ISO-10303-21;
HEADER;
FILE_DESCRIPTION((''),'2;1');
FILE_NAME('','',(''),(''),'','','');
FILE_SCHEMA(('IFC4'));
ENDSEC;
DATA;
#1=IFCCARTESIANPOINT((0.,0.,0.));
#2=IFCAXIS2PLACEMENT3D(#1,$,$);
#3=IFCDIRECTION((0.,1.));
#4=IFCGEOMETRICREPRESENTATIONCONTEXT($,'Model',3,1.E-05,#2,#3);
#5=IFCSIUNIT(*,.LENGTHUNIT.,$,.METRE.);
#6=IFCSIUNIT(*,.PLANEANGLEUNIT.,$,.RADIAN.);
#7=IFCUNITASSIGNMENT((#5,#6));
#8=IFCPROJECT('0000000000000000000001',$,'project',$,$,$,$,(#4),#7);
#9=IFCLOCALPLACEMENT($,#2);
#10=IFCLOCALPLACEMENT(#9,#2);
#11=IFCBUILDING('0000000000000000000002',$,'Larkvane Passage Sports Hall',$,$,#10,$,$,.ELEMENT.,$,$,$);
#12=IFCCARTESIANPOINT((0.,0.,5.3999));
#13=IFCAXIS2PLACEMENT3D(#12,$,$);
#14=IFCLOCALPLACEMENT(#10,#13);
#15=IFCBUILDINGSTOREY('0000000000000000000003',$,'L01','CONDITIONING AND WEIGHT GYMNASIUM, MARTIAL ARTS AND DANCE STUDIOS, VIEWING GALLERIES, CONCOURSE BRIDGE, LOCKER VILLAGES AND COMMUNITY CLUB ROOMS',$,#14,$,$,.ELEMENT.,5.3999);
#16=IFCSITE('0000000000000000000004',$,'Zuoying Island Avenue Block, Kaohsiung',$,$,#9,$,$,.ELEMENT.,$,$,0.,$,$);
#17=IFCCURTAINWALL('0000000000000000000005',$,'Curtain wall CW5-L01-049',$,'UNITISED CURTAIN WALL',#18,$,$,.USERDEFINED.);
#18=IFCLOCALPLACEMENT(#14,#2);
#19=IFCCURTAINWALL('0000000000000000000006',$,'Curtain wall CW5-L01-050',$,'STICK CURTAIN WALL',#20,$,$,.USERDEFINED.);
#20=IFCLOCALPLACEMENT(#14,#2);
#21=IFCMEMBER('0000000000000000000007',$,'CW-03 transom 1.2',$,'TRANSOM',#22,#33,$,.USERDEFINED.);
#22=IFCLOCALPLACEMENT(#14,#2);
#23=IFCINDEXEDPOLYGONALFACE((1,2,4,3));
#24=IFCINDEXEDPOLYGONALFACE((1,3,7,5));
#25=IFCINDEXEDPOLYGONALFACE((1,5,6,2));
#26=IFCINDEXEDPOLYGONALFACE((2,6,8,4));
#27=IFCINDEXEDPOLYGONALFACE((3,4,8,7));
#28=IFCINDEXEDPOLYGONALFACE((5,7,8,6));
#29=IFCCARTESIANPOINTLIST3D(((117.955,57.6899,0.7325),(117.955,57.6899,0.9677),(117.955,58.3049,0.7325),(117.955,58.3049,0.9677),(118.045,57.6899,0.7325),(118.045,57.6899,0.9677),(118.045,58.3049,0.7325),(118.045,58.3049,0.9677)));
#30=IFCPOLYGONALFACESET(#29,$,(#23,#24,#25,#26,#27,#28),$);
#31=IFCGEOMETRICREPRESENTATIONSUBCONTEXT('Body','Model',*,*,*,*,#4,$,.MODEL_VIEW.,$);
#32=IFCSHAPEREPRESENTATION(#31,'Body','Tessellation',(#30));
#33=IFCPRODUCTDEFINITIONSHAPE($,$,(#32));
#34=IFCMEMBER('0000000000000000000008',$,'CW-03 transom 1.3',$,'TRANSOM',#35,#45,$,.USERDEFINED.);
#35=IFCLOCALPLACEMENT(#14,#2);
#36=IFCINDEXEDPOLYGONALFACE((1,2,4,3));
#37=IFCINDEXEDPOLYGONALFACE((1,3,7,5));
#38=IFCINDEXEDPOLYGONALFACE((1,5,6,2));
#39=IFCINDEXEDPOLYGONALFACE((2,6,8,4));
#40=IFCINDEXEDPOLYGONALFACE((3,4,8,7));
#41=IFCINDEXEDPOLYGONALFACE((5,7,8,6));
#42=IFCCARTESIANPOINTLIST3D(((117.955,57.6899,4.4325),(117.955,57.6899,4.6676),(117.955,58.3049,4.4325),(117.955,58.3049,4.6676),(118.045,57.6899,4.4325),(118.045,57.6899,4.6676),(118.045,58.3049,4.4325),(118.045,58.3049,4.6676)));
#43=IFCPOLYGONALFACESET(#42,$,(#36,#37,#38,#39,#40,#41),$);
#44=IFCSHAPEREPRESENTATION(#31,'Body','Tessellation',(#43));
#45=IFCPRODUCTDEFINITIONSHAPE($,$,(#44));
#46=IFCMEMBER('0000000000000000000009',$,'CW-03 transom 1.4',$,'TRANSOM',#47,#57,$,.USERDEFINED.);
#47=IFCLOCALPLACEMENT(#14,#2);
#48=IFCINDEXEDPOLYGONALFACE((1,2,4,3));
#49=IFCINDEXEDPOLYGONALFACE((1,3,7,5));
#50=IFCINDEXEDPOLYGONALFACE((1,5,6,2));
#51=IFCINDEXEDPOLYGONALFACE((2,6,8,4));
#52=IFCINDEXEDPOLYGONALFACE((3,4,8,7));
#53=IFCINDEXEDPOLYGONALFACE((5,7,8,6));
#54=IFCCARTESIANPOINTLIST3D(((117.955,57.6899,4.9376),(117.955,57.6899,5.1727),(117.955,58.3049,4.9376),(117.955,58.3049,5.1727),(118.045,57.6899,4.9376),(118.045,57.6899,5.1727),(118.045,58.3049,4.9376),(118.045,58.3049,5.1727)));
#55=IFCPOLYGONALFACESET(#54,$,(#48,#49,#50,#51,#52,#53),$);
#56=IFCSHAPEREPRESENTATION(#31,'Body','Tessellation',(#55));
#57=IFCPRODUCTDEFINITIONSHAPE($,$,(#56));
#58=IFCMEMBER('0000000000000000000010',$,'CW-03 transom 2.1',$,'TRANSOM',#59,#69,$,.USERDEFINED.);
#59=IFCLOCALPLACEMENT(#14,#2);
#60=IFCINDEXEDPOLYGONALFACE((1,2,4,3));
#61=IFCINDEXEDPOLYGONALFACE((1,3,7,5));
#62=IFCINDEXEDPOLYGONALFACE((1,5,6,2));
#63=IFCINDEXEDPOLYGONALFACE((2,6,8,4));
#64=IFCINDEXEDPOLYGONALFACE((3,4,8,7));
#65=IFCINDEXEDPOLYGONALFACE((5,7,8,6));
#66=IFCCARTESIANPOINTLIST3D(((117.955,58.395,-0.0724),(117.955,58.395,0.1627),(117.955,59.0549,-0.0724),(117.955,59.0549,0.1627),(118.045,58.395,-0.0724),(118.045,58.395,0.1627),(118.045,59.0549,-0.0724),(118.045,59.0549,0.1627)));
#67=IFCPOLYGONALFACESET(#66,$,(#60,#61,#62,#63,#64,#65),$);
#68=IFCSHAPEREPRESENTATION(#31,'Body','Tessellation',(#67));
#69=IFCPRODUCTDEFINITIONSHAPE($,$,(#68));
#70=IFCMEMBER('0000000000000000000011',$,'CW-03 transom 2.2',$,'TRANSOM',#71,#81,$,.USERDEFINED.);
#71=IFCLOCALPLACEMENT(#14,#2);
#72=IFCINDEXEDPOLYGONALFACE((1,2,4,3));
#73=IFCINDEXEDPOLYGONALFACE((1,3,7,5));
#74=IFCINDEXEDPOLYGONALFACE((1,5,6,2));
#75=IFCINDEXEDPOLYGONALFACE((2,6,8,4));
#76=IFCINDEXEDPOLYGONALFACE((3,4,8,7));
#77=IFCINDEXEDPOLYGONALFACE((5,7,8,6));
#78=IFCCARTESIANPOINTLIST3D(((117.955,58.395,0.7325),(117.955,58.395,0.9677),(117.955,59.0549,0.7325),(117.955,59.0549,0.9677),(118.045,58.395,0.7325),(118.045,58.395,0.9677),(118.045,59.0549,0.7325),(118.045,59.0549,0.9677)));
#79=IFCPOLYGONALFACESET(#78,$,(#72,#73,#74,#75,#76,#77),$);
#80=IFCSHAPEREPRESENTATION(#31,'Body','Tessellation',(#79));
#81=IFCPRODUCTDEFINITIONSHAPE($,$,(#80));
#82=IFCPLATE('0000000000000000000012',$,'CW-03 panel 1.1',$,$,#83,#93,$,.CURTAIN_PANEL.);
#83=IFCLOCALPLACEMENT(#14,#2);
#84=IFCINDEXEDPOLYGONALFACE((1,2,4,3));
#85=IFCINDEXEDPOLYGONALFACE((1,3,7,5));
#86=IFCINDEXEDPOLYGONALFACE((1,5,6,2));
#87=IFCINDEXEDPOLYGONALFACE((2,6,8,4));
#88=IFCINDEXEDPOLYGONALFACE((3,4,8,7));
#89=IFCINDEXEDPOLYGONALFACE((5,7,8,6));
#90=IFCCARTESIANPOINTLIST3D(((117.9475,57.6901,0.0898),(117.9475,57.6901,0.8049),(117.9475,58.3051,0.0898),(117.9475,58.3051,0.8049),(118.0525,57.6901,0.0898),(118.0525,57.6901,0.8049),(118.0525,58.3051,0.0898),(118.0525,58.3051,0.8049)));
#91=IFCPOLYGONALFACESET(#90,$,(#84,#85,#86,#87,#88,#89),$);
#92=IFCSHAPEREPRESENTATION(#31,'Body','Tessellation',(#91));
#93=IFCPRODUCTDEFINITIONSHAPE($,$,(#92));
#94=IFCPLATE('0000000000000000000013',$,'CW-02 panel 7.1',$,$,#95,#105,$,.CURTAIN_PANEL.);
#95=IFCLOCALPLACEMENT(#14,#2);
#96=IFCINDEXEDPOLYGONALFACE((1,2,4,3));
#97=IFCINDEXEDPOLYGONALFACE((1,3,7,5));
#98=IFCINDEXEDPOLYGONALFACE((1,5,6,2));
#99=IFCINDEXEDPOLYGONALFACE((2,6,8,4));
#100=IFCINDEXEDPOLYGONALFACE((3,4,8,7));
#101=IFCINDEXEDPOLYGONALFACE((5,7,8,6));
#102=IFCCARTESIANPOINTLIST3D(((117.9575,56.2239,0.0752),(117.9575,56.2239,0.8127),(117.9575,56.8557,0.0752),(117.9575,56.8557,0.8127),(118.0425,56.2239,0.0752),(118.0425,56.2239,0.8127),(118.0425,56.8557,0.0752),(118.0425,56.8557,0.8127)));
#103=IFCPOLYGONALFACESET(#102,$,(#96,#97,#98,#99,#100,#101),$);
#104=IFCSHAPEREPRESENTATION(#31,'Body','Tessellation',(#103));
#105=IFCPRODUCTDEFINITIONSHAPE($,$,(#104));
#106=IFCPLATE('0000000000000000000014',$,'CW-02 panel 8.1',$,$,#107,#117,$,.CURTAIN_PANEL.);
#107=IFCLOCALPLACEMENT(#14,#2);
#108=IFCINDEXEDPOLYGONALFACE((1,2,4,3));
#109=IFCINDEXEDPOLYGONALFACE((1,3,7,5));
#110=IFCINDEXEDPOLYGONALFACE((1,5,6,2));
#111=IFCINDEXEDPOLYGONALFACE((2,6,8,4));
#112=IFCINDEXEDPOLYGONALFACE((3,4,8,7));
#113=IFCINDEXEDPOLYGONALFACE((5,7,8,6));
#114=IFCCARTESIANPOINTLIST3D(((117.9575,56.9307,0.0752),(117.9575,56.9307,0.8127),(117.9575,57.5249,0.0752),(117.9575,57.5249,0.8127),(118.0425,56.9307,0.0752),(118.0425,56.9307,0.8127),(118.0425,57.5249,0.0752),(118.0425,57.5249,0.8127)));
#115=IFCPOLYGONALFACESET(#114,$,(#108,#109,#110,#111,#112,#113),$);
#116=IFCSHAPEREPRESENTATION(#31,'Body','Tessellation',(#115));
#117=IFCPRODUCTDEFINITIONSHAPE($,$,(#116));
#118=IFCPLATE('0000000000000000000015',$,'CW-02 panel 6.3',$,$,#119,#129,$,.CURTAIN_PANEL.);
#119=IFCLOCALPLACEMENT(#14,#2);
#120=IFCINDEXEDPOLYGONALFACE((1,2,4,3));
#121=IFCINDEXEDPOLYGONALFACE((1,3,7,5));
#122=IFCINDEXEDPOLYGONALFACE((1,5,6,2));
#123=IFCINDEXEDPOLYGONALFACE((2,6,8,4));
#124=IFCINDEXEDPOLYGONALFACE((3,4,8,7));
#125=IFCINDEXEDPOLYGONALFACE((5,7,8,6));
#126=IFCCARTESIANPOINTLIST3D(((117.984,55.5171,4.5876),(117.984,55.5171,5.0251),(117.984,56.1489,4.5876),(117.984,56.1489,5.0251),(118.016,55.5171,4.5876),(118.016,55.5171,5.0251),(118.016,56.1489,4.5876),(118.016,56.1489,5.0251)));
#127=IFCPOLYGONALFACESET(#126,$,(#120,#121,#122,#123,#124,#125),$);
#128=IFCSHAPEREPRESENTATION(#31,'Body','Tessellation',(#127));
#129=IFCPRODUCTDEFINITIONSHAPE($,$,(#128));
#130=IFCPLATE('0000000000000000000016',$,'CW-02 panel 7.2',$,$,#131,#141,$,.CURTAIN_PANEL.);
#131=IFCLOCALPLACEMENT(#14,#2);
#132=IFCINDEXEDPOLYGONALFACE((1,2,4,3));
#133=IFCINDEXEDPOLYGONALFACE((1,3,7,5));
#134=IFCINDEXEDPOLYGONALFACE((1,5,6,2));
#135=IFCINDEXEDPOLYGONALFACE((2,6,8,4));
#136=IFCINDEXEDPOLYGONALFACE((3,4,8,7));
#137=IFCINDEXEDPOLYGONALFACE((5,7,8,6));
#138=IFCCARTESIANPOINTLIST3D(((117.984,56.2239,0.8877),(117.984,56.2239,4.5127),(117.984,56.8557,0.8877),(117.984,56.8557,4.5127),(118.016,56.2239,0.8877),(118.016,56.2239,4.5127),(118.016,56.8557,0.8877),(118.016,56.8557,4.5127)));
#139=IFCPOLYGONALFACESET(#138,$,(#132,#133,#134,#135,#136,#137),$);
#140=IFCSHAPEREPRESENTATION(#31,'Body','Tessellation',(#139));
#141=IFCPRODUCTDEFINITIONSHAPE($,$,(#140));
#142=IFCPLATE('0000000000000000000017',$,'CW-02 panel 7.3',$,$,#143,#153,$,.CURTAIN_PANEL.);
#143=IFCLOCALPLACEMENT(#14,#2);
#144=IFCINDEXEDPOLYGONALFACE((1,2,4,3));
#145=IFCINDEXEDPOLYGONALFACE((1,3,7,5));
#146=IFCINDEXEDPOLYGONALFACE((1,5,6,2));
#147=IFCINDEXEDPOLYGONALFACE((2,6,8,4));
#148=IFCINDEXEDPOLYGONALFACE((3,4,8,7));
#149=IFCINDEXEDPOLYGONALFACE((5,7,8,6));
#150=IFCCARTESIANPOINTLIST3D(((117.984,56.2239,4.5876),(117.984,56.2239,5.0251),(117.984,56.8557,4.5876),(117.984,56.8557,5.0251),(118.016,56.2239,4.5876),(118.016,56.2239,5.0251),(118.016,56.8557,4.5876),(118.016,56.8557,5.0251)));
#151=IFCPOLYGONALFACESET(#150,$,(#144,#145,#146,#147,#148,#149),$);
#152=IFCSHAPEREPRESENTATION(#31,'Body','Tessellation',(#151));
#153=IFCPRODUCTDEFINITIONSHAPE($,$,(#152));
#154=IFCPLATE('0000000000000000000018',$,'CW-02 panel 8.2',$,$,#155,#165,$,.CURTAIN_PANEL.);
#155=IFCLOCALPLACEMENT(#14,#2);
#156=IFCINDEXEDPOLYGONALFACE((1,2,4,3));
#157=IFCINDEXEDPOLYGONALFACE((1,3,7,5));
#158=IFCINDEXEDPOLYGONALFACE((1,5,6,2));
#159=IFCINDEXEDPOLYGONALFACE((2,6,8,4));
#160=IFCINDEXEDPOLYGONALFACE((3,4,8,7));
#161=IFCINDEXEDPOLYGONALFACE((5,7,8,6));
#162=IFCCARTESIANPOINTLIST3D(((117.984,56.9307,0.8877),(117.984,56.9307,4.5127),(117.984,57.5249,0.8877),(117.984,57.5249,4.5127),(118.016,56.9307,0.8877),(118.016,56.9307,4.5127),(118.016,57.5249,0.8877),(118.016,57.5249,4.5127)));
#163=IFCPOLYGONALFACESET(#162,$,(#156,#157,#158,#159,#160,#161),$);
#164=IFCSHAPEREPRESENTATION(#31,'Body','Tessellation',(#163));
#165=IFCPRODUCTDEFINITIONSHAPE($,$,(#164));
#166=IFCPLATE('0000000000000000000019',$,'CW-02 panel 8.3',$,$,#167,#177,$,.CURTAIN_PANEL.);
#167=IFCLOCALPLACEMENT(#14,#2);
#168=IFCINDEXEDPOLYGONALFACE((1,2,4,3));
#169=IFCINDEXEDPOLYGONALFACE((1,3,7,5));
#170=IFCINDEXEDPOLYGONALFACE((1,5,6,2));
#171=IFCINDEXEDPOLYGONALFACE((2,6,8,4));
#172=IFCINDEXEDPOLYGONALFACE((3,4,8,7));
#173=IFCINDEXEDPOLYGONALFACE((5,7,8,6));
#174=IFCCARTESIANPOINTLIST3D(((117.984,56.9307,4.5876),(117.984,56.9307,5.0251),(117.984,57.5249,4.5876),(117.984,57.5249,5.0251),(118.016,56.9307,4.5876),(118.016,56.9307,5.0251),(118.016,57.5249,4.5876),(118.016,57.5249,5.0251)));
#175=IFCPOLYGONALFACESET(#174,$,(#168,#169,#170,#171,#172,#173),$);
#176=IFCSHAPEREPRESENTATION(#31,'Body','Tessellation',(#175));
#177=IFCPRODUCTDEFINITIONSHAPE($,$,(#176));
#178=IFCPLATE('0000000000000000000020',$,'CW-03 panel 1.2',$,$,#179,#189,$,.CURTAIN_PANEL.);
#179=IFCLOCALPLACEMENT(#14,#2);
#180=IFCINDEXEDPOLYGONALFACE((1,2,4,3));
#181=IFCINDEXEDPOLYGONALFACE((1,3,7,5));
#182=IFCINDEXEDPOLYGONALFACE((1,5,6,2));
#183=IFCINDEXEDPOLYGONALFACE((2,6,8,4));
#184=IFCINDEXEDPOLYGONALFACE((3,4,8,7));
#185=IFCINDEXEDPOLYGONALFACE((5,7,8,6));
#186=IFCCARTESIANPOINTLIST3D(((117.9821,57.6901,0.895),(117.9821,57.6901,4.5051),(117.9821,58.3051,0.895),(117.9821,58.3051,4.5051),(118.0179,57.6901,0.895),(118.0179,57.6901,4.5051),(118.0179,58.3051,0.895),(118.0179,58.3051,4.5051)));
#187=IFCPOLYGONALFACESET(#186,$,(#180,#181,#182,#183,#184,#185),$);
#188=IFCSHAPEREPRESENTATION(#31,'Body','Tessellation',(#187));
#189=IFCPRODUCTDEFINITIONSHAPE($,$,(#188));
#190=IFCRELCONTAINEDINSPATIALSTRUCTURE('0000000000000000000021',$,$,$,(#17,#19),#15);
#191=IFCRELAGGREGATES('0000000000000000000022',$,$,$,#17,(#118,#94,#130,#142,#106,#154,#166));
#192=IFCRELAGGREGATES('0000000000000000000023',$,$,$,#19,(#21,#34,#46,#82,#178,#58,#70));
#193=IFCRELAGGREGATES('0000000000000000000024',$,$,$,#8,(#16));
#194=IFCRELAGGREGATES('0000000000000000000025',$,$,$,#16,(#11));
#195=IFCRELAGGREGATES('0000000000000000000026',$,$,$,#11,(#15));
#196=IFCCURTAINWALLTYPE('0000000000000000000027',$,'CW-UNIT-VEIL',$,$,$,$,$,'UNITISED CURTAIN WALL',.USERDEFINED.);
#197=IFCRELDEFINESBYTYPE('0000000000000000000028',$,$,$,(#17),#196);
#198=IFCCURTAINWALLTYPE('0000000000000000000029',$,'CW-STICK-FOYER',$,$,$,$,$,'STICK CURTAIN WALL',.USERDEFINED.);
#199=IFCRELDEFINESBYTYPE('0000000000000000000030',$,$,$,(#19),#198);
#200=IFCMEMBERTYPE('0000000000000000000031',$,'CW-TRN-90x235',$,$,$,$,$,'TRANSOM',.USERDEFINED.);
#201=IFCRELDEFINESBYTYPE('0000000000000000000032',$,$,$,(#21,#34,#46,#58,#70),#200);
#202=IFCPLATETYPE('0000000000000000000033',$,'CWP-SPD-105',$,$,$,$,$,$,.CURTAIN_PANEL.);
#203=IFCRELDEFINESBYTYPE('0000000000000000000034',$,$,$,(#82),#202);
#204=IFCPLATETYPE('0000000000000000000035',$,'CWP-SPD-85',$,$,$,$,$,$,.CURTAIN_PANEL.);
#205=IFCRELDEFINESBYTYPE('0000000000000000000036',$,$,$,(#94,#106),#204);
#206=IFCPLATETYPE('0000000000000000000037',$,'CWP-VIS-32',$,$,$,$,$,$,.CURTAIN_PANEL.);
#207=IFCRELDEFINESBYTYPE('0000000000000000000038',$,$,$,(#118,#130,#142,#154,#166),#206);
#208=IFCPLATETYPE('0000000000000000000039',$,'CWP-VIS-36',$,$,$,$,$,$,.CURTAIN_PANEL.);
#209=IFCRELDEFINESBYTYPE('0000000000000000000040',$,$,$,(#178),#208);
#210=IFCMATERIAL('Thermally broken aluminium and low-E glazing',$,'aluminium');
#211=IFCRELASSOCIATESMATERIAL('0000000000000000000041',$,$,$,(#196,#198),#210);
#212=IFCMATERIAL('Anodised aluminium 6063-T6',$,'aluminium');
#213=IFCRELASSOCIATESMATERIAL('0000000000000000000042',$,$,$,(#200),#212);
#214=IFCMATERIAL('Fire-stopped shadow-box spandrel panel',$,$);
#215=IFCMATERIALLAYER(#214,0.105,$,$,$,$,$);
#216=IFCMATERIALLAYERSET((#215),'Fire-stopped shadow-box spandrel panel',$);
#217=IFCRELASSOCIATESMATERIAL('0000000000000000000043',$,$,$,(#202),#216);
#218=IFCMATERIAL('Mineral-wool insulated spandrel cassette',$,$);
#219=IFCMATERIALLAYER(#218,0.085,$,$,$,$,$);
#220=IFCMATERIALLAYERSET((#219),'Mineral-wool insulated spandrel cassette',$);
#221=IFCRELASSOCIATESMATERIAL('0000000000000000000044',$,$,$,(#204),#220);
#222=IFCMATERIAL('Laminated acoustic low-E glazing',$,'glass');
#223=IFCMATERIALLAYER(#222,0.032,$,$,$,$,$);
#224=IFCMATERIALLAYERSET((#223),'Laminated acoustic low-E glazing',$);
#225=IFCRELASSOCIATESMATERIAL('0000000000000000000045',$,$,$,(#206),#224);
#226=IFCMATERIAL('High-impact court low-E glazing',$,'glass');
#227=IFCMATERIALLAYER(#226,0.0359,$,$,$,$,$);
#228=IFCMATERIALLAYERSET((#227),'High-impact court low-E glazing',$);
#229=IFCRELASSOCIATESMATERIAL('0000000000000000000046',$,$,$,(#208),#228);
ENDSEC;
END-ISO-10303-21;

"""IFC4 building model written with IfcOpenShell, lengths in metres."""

from ifc_helpers import new_model, si_unit, direction, frame, origin, origin_2d, place, context, subcontext, project, spatial, rectangle, extrude, material, layer, layer_set, material_profile, profile_set, type_object, element, aggregate, save


model = new_model("IFC4")

# Units and contexts
model_context = context("Model", 3, precision=1e-05, world=origin(), true_north=direction((0.0, 1.0)))
body_context = subcontext(model_context, "Body", "Model", "MODEL_VIEW")
ifc_project = project(units=[si_unit("LENGTHUNIT", "METRE"), si_unit("PLANEANGLEUNIT", "RADIAN")], contexts=[model_context])

# Site, building, storey
site_placement = place(None, origin())
site = spatial("IfcSite", under=ifc_project, at=site_placement, Name="Zuoying Island Avenue Block, Kaohsiung", CompositionType="ELEMENT", RefElevation=0.0)
building_placement = place(site_placement, origin())
building = spatial("IfcBuilding", under=site, at=building_placement, Name="Larkvane Passage Sports Hall", CompositionType="ELEMENT")
storey_placement = place(building_placement, frame((0.0, 0.0, 5.3999)))
storey = spatial("IfcBuildingStorey", under=building, at=storey_placement, Name="L01", Description="CONDITIONING AND WEIGHT GYMNASIUM, MARTIAL ARTS AND DANCE STUDIOS, VIEWING GALLERIES, CONCOURSE BRIDGE, LOCKER VILLAGES AND COMMUNITY CLUB ROOMS", CompositionType="ELEMENT", Elevation=5.3999)

# Curtain walls
ifc_material_1 = material(Name="Thermally broken aluminium and low-E glazing", Category="aluminium")
curtain_wall_type_1 = type_object("IfcCurtainWallType", Name="CW-UNIT-VEIL", ElementType="UNITISED CURTAIN WALL", PredefinedType="USERDEFINED", material=ifc_material_1)
curtain_wall_1_placement = place(storey_placement, origin())
curtain_wall_1 = element("IfcCurtainWall", 1, at=curtain_wall_1_placement, inside=storey, type_object=curtain_wall_type_1, Name="Curtain wall CW5-L01-049", ObjectType="UNITISED CURTAIN WALL", PredefinedType="USERDEFINED")
ifc_material_2 = material(Name="Anodised aluminium 6063-T6", Category="aluminium")
curtain_wall_type_2 = type_object("IfcCurtainWallType", Name="CW-STICK-FOYER", ElementType="STICK CURTAIN WALL", PredefinedType="USERDEFINED", material=ifc_material_1)
curtain_wall_2_placement = place(storey_placement, origin())
curtain_wall_2 = element("IfcCurtainWall", 2, at=curtain_wall_2_placement, inside=storey, type_object=curtain_wall_type_2, Name="Curtain wall CW5-L01-050", ObjectType="STICK CURTAIN WALL", PredefinedType="USERDEFINED")

# Members
ifc_material_profile_1 = material_profile(ifc_material_2, rectangle(XDim=0.0901, YDim=0.2351, at=origin_2d()), Name="ALU-TRN-90x235")
ifc_profile_set_1 = profile_set([ifc_material_profile_1], Name="Anodised aluminium 6063-T6")
member_type_1 = type_object("IfcMemberType", Name="CW-TRN-90x235", ElementType="TRANSOM", PredefinedType="USERDEFINED", material=ifc_profile_set_1)
member_1_placement = place(storey_placement, frame((118.0, 57.6899, 0.8501), z_axis=(0.0, 1.0, 0.0), x_axis=(-1.0, 0.0, 0.0)))
member_1 = element("IfcMember", 3, at=member_1_placement, type_object=member_type_1, Name="CW-03 transom 1.2", ObjectType="TRANSOM", PredefinedType="USERDEFINED", context=body_context, shape_type="SweptSolid", body=[
    extrude(rectangle(XDim=0.0901, YDim=0.2351, at=origin_2d()), origin(), (0.0, 0.0, 1.0), 0.615),
])
member_2_placement = place(storey_placement, frame((118.0, 57.6899, 4.55), z_axis=(0.0, 1.0, 0.0), x_axis=(-1.0, 0.0, 0.0)))
member_2 = element("IfcMember", 4, at=member_2_placement, type_object=member_type_1, Name="CW-03 transom 1.3", ObjectType="TRANSOM", PredefinedType="USERDEFINED", context=body_context, shape_type="SweptSolid", body=[
    extrude(rectangle(XDim=0.0901, YDim=0.2351, at=origin_2d()), origin(), (0.0, 0.0, 1.0), 0.615),
])
member_3_placement = place(storey_placement, frame((118.0, 57.6899, 5.0552), z_axis=(0.0, 1.0, 0.0), x_axis=(-1.0, 0.0, 0.0)))
member_3 = element("IfcMember", 5, at=member_3_placement, type_object=member_type_1, Name="CW-03 transom 1.4", ObjectType="TRANSOM", PredefinedType="USERDEFINED", context=body_context, shape_type="SweptSolid", body=[
    extrude(rectangle(XDim=0.0901, YDim=0.2351, at=origin_2d()), origin(), (0.0, 0.0, 1.0), 0.615),
])
member_4_placement = place(storey_placement, frame((118.0, 58.395, 0.0452), z_axis=(0.0, 1.0, 0.0), x_axis=(-1.0, 0.0, 0.0)))
member_4 = element("IfcMember", 6, at=member_4_placement, type_object=member_type_1, Name="CW-03 transom 2.1", ObjectType="TRANSOM", PredefinedType="USERDEFINED", context=body_context, shape_type="SweptSolid", body=[
    extrude(rectangle(XDim=0.0901, YDim=0.2351, at=origin_2d()), origin(), (0.0, 0.0, 1.0), 0.6599),
])
member_5_placement = place(storey_placement, frame((118.0, 58.395, 0.8501), z_axis=(0.0, 1.0, 0.0), x_axis=(-1.0, 0.0, 0.0)))
member_5 = element("IfcMember", 7, at=member_5_placement, type_object=member_type_1, Name="CW-03 transom 2.2", ObjectType="TRANSOM", PredefinedType="USERDEFINED", context=body_context, shape_type="SweptSolid", body=[
    extrude(rectangle(XDim=0.0901, YDim=0.2351, at=origin_2d()), origin(), (0.0, 0.0, 1.0), 0.6599),
])

# Plates
ifc_material_3 = material(Name="Fire-stopped shadow-box spandrel panel")
ifc_layer_1 = layer(ifc_material_3, 0.105)
ifc_layer_set_1 = layer_set([ifc_layer_1], Name="Fire-stopped shadow-box spandrel panel")
plate_type_1 = type_object("IfcPlateType", Name="CWP-SPD-105", PredefinedType="CURTAIN_PANEL", material=ifc_layer_set_1)
plate_1_placement = place(storey_placement, frame((118.0, 57.9976, 0.0898), z_axis=(0.0, 0.0, 1.0), x_axis=(0.0, 1.0, 0.0)))
plate_1 = element("IfcPlate", 8, at=plate_1_placement, type_object=plate_type_1, Name="CW-03 panel 1.1", PredefinedType="CURTAIN_PANEL", context=body_context, shape_type="SweptSolid", body=[
    extrude(rectangle(XDim=0.615, YDim=0.105, at=origin_2d()), origin(), (0.0, 0.0, 1.0), 0.7151),
])
ifc_material_4 = material(Name="Mineral-wool insulated spandrel cassette")
ifc_layer_2 = layer(ifc_material_4, 0.085)
ifc_layer_set_2 = layer_set([ifc_layer_2], Name="Mineral-wool insulated spandrel cassette")
plate_type_2 = type_object("IfcPlateType", Name="CWP-SPD-85", PredefinedType="CURTAIN_PANEL", material=ifc_layer_set_2)
plate_2_placement = place(storey_placement, frame((118.0, 56.5398, 0.0752), z_axis=(0.0, 0.0, 1.0), x_axis=(0.0, 1.0, 0.0)))
plate_2 = element("IfcPlate", 9, at=plate_2_placement, type_object=plate_type_2, Name="CW-02 panel 7.1", PredefinedType="CURTAIN_PANEL", context=body_context, shape_type="SweptSolid", body=[
    extrude(rectangle(XDim=0.6318, YDim=0.085, at=origin_2d()), origin(), (0.0, 0.0, 1.0), 0.7375),
])
plate_3_placement = place(storey_placement, frame((118.0, 57.2278, 0.0752), z_axis=(0.0, 0.0, 1.0), x_axis=(0.0, 1.0, 0.0)))
plate_3 = element("IfcPlate", 10, at=plate_3_placement, type_object=plate_type_2, Name="CW-02 panel 8.1", PredefinedType="CURTAIN_PANEL", context=body_context, shape_type="SweptSolid", body=[
    extrude(rectangle(XDim=0.5942, YDim=0.085, at=origin_2d()), origin(), (0.0, 0.0, 1.0), 0.7375),
])
ifc_material_5 = material(Name="Laminated acoustic low-E glazing", Category="glass")
ifc_layer_3 = layer(ifc_material_5, 0.032)
ifc_layer_set_3 = layer_set([ifc_layer_3], Name="Laminated acoustic low-E glazing")
plate_type_3 = type_object("IfcPlateType", Name="CWP-VIS-32", PredefinedType="CURTAIN_PANEL", material=ifc_layer_set_3)
plate_4_placement = place(storey_placement, frame((118.0, 55.833, 4.5876), z_axis=(0.0, 0.0, 1.0), x_axis=(0.0, 1.0, 0.0)))
plate_4 = element("IfcPlate", 11, at=plate_4_placement, type_object=plate_type_3, Name="CW-02 panel 6.3", PredefinedType="CURTAIN_PANEL", context=body_context, shape_type="SweptSolid", body=[
    extrude(rectangle(XDim=0.6318, YDim=0.032, at=origin_2d()), origin(), (0.0, 0.0, 1.0), 0.4375),
])
plate_5_placement = place(storey_placement, frame((118.0, 56.5398, 0.8877), z_axis=(0.0, 0.0, 1.0), x_axis=(0.0, 1.0, 0.0)))
plate_5 = element("IfcPlate", 12, at=plate_5_placement, type_object=plate_type_3, Name="CW-02 panel 7.2", PredefinedType="CURTAIN_PANEL", context=body_context, shape_type="SweptSolid", body=[
    extrude(rectangle(XDim=0.6318, YDim=0.032, at=origin_2d()), origin(), (0.0, 0.0, 1.0), 3.625),
])
plate_6_placement = place(storey_placement, frame((118.0, 56.5398, 4.5876), z_axis=(0.0, 0.0, 1.0), x_axis=(0.0, 1.0, 0.0)))
plate_6 = element("IfcPlate", 13, at=plate_6_placement, type_object=plate_type_3, Name="CW-02 panel 7.3", PredefinedType="CURTAIN_PANEL", context=body_context, shape_type="SweptSolid", body=[
    extrude(rectangle(XDim=0.6318, YDim=0.032, at=origin_2d()), origin(), (0.0, 0.0, 1.0), 0.4375),
])
plate_7_placement = place(storey_placement, frame((118.0, 57.2278, 0.8877), z_axis=(0.0, 0.0, 1.0), x_axis=(0.0, 1.0, 0.0)))
plate_7 = element("IfcPlate", 14, at=plate_7_placement, type_object=plate_type_3, Name="CW-02 panel 8.2", PredefinedType="CURTAIN_PANEL", context=body_context, shape_type="SweptSolid", body=[
    extrude(rectangle(XDim=0.5942, YDim=0.032, at=origin_2d()), origin(), (0.0, 0.0, 1.0), 3.625),
])
plate_8_placement = place(storey_placement, frame((118.0, 57.2278, 4.5876), z_axis=(0.0, 0.0, 1.0), x_axis=(0.0, 1.0, 0.0)))
plate_8 = element("IfcPlate", 15, at=plate_8_placement, type_object=plate_type_3, Name="CW-02 panel 8.3", PredefinedType="CURTAIN_PANEL", context=body_context, shape_type="SweptSolid", body=[
    extrude(rectangle(XDim=0.5942, YDim=0.032, at=origin_2d()), origin(), (0.0, 0.0, 1.0), 0.4375),
])
aggregate(curtain_wall_1, [plate_4, plate_2, plate_5, plate_6, plate_3, plate_7, plate_8])
ifc_material_6 = material(Name="High-impact court low-E glazing", Category="glass")
ifc_layer_4 = layer(ifc_material_6, 0.0359)
ifc_layer_set_4 = layer_set([ifc_layer_4], Name="High-impact court low-E glazing")
plate_type_4 = type_object("IfcPlateType", Name="CWP-VIS-36", PredefinedType="CURTAIN_PANEL", material=ifc_layer_set_4)
plate_9_placement = place(storey_placement, frame((118.0, 57.9976, 0.895), z_axis=(0.0, 0.0, 1.0), x_axis=(0.0, 1.0, 0.0)))
plate_9 = element("IfcPlate", 16, at=plate_9_placement, type_object=plate_type_4, Name="CW-03 panel 1.2", PredefinedType="CURTAIN_PANEL", context=body_context, shape_type="SweptSolid", body=[
    extrude(rectangle(XDim=0.615, YDim=0.0359, at=origin_2d()), origin(), (0.0, 0.0, 1.0), 3.6101),
])
aggregate(curtain_wall_2, [member_1, member_2, member_3, plate_1, plate_9, member_4, member_5])

save(model, "model.ifc")
